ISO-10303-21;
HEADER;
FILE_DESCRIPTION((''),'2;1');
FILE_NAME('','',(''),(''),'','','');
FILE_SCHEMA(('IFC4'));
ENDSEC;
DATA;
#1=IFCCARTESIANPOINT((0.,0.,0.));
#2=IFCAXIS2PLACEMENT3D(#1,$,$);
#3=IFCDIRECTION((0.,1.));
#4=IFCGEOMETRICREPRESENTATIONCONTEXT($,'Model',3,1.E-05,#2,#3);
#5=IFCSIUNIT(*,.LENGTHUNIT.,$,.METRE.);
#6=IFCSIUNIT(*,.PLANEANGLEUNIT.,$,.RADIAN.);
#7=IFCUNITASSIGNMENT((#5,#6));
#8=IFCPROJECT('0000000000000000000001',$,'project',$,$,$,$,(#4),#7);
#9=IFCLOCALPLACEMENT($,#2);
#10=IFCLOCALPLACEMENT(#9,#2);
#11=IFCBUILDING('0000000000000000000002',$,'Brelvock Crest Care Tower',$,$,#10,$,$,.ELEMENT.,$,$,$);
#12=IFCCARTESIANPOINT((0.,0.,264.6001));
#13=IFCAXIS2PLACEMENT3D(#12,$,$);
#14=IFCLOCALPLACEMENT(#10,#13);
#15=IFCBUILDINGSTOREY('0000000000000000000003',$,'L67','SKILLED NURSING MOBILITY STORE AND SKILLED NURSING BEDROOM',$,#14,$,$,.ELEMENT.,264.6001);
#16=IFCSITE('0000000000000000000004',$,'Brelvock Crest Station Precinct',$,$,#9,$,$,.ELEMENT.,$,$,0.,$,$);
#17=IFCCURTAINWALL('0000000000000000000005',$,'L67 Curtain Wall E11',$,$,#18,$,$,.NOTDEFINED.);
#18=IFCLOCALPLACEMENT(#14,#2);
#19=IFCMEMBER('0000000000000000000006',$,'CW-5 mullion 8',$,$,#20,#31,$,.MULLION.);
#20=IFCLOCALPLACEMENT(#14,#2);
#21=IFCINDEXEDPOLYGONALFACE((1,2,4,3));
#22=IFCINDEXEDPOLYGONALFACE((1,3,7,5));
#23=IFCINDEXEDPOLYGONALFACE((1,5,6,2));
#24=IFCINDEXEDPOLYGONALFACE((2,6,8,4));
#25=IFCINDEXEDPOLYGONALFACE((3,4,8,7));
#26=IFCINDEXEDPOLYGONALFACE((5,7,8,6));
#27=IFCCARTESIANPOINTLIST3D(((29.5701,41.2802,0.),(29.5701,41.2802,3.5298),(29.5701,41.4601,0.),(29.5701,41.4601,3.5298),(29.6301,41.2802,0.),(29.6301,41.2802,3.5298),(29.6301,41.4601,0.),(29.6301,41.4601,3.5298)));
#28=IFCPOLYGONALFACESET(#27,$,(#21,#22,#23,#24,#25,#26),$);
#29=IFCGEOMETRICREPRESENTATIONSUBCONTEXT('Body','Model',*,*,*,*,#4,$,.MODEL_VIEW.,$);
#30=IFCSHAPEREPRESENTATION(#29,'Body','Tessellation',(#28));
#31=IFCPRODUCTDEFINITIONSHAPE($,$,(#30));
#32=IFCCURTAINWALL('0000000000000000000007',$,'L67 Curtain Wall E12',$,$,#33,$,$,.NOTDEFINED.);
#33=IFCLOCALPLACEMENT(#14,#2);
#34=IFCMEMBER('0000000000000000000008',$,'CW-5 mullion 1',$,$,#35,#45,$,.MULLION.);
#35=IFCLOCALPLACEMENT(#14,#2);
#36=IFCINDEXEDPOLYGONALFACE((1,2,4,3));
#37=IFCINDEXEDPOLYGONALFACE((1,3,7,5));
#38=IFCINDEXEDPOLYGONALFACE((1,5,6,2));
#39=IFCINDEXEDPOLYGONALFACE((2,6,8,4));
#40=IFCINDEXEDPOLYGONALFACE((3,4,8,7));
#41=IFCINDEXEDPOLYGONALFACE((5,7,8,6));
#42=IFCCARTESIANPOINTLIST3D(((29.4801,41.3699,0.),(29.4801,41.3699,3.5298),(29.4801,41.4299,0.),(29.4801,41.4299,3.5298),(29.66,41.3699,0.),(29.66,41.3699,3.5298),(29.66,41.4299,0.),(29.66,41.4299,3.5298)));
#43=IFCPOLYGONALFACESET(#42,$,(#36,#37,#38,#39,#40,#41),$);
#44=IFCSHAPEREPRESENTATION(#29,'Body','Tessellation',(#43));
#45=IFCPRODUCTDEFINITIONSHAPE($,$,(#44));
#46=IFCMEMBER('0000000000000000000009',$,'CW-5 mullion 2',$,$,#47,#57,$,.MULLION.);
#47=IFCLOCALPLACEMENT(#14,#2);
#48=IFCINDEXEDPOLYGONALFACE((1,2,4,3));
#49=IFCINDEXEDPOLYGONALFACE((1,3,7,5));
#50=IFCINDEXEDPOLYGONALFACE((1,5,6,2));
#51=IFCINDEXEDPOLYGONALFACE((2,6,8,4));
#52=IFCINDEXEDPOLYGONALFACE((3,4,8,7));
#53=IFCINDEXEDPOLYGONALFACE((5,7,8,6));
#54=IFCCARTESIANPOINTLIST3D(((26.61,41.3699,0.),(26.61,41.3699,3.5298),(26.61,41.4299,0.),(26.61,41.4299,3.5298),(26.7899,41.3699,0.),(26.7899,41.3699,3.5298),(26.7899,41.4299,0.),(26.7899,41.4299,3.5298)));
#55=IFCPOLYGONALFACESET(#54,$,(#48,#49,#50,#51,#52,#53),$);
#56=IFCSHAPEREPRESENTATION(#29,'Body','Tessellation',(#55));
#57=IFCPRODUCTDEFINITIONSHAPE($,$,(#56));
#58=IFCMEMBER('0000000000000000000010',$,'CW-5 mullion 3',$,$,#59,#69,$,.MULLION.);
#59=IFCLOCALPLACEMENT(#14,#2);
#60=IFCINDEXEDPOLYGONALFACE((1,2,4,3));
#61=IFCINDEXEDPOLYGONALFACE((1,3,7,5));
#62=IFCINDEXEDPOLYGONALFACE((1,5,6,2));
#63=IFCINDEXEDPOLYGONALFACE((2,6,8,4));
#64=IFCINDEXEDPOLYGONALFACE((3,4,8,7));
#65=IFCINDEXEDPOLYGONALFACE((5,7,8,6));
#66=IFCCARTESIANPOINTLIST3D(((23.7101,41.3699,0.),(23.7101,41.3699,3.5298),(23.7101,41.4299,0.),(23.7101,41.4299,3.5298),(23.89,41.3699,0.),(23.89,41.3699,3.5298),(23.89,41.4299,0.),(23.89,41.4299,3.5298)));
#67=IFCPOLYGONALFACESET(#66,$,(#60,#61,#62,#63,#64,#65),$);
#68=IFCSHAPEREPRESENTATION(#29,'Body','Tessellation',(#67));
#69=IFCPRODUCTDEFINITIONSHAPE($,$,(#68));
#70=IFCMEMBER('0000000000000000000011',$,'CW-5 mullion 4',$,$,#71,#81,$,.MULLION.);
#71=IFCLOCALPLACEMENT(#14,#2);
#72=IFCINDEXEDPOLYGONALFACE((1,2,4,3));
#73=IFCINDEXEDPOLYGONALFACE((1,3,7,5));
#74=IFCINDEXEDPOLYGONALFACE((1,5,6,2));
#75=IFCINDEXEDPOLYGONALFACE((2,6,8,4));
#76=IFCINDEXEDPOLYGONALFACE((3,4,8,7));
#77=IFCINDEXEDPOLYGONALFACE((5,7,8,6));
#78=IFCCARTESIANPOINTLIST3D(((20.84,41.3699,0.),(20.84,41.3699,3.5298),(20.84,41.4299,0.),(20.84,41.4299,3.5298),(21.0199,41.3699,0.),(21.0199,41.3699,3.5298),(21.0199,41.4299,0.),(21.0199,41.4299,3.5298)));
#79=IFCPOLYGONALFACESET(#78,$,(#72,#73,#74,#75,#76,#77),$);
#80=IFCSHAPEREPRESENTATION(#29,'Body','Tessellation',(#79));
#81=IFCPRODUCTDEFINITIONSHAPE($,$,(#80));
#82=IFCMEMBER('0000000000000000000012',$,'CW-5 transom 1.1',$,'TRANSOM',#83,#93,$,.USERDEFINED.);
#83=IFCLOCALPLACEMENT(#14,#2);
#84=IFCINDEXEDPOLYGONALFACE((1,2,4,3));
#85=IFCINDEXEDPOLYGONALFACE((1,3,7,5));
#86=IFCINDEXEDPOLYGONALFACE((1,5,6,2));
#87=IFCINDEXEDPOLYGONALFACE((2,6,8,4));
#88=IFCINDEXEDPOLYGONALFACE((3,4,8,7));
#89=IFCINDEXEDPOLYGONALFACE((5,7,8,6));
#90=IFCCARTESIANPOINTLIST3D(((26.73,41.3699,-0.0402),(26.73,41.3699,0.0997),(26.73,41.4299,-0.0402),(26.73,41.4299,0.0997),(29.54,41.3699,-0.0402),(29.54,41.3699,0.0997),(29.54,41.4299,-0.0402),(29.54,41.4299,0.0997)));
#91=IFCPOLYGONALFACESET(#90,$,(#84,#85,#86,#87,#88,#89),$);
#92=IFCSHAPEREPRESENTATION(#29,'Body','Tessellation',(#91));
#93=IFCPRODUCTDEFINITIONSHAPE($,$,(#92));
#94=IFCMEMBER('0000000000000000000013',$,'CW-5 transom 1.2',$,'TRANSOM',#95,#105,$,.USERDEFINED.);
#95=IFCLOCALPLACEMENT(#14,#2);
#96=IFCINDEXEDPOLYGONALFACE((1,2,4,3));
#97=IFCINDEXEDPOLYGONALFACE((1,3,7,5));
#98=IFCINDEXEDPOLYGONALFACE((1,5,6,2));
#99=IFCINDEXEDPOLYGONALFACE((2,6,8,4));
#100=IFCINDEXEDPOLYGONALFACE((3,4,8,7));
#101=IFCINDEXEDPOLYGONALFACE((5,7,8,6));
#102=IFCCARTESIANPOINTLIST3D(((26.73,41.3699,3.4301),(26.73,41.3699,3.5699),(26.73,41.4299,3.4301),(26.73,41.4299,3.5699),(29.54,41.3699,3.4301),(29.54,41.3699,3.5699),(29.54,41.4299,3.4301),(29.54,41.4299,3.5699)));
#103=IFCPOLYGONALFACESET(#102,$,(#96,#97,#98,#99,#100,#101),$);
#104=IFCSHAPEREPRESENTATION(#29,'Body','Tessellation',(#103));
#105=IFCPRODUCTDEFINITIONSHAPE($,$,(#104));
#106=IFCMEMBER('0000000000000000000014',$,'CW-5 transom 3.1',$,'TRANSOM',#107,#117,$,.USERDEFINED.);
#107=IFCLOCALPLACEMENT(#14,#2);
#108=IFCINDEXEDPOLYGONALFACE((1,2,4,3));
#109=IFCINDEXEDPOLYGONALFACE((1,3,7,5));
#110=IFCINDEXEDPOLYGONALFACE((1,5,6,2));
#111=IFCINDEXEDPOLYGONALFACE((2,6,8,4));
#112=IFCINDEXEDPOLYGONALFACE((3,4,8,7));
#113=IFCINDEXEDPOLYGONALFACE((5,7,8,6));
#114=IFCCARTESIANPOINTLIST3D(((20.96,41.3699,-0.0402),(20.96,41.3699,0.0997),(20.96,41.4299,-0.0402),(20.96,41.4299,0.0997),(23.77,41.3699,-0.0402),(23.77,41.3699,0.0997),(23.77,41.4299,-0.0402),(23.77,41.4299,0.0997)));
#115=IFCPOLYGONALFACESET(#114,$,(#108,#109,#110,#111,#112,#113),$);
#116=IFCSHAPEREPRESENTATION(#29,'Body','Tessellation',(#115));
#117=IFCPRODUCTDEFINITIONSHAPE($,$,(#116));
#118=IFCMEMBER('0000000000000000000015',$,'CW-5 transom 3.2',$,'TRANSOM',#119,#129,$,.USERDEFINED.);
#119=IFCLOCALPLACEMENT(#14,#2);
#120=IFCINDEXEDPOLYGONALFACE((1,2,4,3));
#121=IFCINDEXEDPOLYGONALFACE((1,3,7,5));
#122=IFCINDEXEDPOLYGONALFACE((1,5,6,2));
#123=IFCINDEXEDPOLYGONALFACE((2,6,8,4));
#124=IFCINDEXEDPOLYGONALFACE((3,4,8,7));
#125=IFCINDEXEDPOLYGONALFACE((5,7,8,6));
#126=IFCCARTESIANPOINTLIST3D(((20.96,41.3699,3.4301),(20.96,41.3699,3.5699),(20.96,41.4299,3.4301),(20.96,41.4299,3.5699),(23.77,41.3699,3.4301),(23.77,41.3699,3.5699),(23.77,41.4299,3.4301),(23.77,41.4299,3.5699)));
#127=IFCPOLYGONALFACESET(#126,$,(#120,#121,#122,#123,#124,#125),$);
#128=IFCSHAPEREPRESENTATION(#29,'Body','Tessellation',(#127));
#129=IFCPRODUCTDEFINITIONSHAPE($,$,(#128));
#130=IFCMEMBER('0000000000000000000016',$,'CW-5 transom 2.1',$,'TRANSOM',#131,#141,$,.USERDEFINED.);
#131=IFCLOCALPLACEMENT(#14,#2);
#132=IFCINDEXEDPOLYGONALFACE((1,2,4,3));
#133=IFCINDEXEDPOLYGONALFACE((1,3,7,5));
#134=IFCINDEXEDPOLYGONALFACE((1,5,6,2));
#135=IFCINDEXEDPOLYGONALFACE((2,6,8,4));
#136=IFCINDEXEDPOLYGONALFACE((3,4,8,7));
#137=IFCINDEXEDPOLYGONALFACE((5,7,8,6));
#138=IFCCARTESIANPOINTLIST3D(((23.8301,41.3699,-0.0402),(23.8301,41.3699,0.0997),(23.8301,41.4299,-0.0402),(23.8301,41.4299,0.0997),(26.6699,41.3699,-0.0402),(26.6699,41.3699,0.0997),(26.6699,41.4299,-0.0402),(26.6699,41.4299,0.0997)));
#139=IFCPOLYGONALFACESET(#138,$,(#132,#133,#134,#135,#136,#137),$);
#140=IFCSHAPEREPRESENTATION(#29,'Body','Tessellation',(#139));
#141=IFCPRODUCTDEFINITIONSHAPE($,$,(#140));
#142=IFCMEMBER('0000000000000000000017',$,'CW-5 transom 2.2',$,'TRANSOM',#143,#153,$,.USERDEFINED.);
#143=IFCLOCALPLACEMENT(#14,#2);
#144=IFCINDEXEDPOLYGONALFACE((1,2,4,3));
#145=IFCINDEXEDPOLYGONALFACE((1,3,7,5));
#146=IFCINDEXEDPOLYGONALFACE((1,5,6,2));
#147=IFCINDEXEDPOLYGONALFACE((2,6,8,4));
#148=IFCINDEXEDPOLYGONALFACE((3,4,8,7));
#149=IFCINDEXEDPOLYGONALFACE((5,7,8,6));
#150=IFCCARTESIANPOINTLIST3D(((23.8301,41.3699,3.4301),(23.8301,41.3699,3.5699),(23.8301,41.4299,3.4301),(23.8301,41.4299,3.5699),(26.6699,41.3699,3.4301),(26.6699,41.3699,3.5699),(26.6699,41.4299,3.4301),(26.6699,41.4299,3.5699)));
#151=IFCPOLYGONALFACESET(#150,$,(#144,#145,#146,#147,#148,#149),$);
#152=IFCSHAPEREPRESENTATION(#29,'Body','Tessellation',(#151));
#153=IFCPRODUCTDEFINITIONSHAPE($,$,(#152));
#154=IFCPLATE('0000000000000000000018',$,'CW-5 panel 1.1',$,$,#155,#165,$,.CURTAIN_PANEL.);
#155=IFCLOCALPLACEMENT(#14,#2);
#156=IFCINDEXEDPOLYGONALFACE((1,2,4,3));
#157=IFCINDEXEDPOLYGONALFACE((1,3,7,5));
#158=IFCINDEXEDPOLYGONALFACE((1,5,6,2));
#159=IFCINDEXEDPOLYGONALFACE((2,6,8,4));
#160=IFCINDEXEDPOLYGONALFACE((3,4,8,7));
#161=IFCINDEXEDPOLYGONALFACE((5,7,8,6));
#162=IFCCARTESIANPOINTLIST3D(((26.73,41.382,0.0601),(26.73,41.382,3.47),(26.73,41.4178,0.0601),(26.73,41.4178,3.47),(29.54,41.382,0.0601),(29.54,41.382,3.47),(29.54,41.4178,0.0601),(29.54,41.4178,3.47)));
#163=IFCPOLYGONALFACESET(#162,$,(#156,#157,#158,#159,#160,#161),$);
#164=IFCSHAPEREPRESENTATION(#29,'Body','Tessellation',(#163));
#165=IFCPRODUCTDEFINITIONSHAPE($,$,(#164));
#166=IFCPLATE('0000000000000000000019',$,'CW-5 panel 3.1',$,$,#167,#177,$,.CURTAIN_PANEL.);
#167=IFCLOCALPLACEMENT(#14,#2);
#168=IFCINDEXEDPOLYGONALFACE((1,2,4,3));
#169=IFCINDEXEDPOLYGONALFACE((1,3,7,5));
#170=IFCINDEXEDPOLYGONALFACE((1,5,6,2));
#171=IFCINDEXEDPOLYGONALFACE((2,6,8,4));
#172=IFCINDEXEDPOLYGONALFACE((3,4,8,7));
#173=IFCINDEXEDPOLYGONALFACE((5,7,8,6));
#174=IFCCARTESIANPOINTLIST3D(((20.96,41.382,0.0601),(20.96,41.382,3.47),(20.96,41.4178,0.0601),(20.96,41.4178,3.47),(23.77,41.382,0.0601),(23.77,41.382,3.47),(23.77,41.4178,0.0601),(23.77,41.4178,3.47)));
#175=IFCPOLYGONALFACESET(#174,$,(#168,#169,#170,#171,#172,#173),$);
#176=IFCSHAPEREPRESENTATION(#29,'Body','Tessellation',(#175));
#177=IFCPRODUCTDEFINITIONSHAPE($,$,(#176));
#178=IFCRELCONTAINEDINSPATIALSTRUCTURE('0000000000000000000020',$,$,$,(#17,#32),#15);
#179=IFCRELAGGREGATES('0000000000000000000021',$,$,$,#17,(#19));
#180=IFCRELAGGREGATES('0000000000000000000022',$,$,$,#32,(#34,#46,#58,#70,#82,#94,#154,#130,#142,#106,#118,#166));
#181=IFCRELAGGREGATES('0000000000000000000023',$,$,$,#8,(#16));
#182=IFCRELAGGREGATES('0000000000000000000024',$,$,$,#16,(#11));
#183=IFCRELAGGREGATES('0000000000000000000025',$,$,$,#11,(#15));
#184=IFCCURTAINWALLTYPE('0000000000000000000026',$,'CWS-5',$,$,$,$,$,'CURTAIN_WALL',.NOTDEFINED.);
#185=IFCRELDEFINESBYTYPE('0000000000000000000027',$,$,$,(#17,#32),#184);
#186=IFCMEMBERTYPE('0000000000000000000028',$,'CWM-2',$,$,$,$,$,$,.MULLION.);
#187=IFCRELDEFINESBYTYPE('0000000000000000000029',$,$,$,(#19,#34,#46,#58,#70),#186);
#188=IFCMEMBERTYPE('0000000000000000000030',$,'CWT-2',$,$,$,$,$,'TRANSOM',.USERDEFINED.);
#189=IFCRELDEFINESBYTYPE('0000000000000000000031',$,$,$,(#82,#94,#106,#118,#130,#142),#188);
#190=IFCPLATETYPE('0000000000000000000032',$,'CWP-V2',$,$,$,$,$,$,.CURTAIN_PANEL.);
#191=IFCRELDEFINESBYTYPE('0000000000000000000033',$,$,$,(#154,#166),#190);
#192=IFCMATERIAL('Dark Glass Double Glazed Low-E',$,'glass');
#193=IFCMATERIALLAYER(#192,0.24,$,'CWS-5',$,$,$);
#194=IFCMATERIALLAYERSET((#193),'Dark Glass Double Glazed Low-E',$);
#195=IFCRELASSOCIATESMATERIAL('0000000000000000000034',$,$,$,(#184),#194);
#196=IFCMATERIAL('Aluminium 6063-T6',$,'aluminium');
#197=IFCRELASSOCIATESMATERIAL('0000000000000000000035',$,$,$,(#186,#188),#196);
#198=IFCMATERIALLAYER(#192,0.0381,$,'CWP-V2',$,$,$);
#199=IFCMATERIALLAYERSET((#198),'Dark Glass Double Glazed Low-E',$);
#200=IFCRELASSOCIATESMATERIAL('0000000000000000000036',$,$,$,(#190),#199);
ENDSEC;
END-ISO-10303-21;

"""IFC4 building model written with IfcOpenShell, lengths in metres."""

from ifc_helpers import new_model, si_unit, direction, frame, origin, origin_2d, place, context, subcontext, project, spatial, rectangle, extrude, source, transform, mapped, material, layer, layer_set, material_profile, profile_set, type_object, element, aggregate, save


model = new_model("IFC4")

# Units and contexts
model_context = context("Model", 3, precision=1e-05, world=origin(), true_north=direction((0.0, 1.0)))
body_context = subcontext(model_context, "Body", "Model", "MODEL_VIEW")
ifc_project = project(units=[si_unit("LENGTHUNIT", "METRE"), si_unit("PLANEANGLEUNIT", "RADIAN")], contexts=[model_context])

# Site, building, storey
site_placement = place(None, origin())
site = spatial("IfcSite", under=ifc_project, at=site_placement, Name="Brelvock Crest Station Precinct", CompositionType="ELEMENT", RefElevation=0.0)
building_placement = place(site_placement, origin())
building = spatial("IfcBuilding", under=site, at=building_placement, Name="Brelvock Crest Care Tower", CompositionType="ELEMENT")
storey_placement = place(building_placement, frame((0.0, 0.0, 264.6001)))
storey = spatial("IfcBuildingStorey", under=building, at=storey_placement, Name="L67", Description="SKILLED NURSING MOBILITY STORE AND SKILLED NURSING BEDROOM", CompositionType="ELEMENT", Elevation=264.6001)

# Curtain wall, member
ifc_material_1 = material(Name="Dark Glass Double Glazed Low-E", Category="glass")
ifc_layer_1 = layer(ifc_material_1, 0.24, Name="CWS-5")
ifc_layer_set_1 = layer_set([ifc_layer_1], Name="Dark Glass Double Glazed Low-E")
curtain_wall_type = type_object("IfcCurtainWallType", Name="CWS-5", ElementType="CURTAIN_WALL", PredefinedType="NOTDEFINED", material=ifc_layer_set_1)
curtain_wall_1_placement = place(storey_placement, origin())
curtain_wall_1 = element("IfcCurtainWall", 1, at=curtain_wall_1_placement, inside=storey, type_object=curtain_wall_type, Name="L67 Curtain Wall E11", PredefinedType="NOTDEFINED")
ifc_material_2 = material(Name="Aluminium 6063-T6", Category="aluminium")
ifc_material_profile_1 = material_profile(ifc_material_2, rectangle(XDim=0.0601, YDim=0.1799, at=origin_2d()), Name="ALU60x180")
ifc_profile_set_1 = profile_set([ifc_material_profile_1], Name="Aluminium 6063-T6")
member_type_1 = type_object("IfcMemberType", Name="CWM-2", PredefinedType="MULLION", material=ifc_profile_set_1)
shared_shape_1 = source(origin(), body_context, "Body", "SweptSolid", [
    extrude(rectangle(XDim=0.0601, YDim=0.1799, at=origin_2d()), origin(), (0.0, 0.0, 1.0), 3.5298),
])
member_1_placement = place(storey_placement, frame((29.6001, 41.3701, 0.0), z_axis=(0.0, 0.0, 1.0), x_axis=(-1.0, 0.0, 0.0)))
member_1 = element("IfcMember", 2, at=member_1_placement, type_object=member_type_1, Name="CW-5 mullion 8", PredefinedType="MULLION", context=body_context, shape_type="MappedRepresentation", body=[
    mapped(shared_shape_1, transform((0.0, 0.0, 0.0), x_axis=(1.0, 0.0, 0.0), y_axis=(0.0, 1.0, 0.0), z_axis=(0.0, 0.0, 1.0), scale=1.0)),
])
aggregate(curtain_wall_1, [member_1])

# Curtain wall, members, plates
curtain_wall_2_placement = place(storey_placement, origin())
curtain_wall_2 = element("IfcCurtainWall", 3, at=curtain_wall_2_placement, inside=storey, type_object=curtain_wall_type, Name="L67 Curtain Wall E12", PredefinedType="NOTDEFINED")
member_2_placement = place(storey_placement, frame((29.5701, 41.3999, 0.0), z_axis=(0.0, 0.0, 1.0), x_axis=(0.0, -1.0, 0.0)))
member_2 = element("IfcMember", 4, at=member_2_placement, type_object=member_type_1, Name="CW-5 mullion 1", PredefinedType="MULLION", context=body_context, shape_type="MappedRepresentation", body=[
    mapped(shared_shape_1, transform((0.0, 0.0, 0.0), x_axis=(1.0, 0.0, 0.0), y_axis=(0.0, 1.0, 0.0), z_axis=(0.0, 0.0, 1.0), scale=1.0)),
])
member_3_placement = place(storey_placement, frame((26.7, 41.3999, 0.0), z_axis=(0.0, 0.0, 1.0), x_axis=(0.0, -1.0, 0.0)))
member_3 = element("IfcMember", 5, at=member_3_placement, type_object=member_type_1, Name="CW-5 mullion 2", PredefinedType="MULLION", context=body_context, shape_type="MappedRepresentation", body=[
    mapped(shared_shape_1, transform((0.0, 0.0, 0.0), x_axis=(1.0, 0.0, 0.0), y_axis=(0.0, 1.0, 0.0), z_axis=(0.0, 0.0, 1.0), scale=1.0)),
])
member_4_placement = place(storey_placement, frame((23.8, 41.3999, 0.0), z_axis=(0.0, 0.0, 1.0), x_axis=(0.0, -1.0, 0.0)))
member_4 = element("IfcMember", 6, at=member_4_placement, type_object=member_type_1, Name="CW-5 mullion 3", PredefinedType="MULLION", context=body_context, shape_type="MappedRepresentation", body=[
    mapped(shared_shape_1, transform((0.0, 0.0, 0.0), x_axis=(1.0, 0.0, 0.0), y_axis=(0.0, 1.0, 0.0), z_axis=(0.0, 0.0, 1.0), scale=1.0)),
])
member_5_placement = place(storey_placement, frame((20.9299, 41.3999, 0.0), z_axis=(0.0, 0.0, 1.0), x_axis=(0.0, -1.0, 0.0)))
member_5 = element("IfcMember", 7, at=member_5_placement, type_object=member_type_1, Name="CW-5 mullion 4", PredefinedType="MULLION", context=body_context, shape_type="MappedRepresentation", body=[
    mapped(shared_shape_1, transform((0.0, 0.0, 0.0), x_axis=(1.0, 0.0, 0.0), y_axis=(0.0, 1.0, 0.0), z_axis=(0.0, 0.0, 1.0), scale=1.0)),
])
ifc_material_profile_2 = material_profile(ifc_material_2, rectangle(XDim=0.0601, YDim=0.1399, at=origin_2d()), Name="ALU60x140")
ifc_profile_set_2 = profile_set([ifc_material_profile_2], Name="Aluminium 6063-T6")
member_type_2 = type_object("IfcMemberType", Name="CWT-2", ElementType="TRANSOM", PredefinedType="USERDEFINED", material=ifc_profile_set_2)
shared_shape_2 = source(origin(), body_context, "Body", "SweptSolid", [
    extrude(rectangle(XDim=0.0601, YDim=0.1399, at=origin_2d()), origin(), (0.0, 0.0, 1.0), 2.8101),
])
member_6_placement = place(storey_placement, frame((29.54, 41.3999, 0.0298), z_axis=(-1.0, 0.0, 0.0), x_axis=(0.0, -1.0, 0.0)))
member_6 = element("IfcMember", 8, at=member_6_placement, type_object=member_type_2, Name="CW-5 transom 1.1", ObjectType="TRANSOM", PredefinedType="USERDEFINED", context=body_context, shape_type="MappedRepresentation", body=[
    mapped(shared_shape_2, transform((0.0, 0.0, 0.0), x_axis=(1.0, 0.0, 0.0), y_axis=(0.0, 1.0, 0.0), z_axis=(0.0, 0.0, 1.0), scale=1.0)),
])
member_7_placement = place(storey_placement, frame((29.54, 41.3999, 3.5), z_axis=(-1.0, 0.0, 0.0), x_axis=(0.0, -1.0, 0.0)))
member_7 = element("IfcMember", 9, at=member_7_placement, type_object=member_type_2, Name="CW-5 transom 1.2", ObjectType="TRANSOM", PredefinedType="USERDEFINED", context=body_context, shape_type="MappedRepresentation", body=[
    mapped(shared_shape_2, transform((0.0, 0.0, 0.0), x_axis=(1.0, 0.0, 0.0), y_axis=(0.0, 1.0, 0.0), z_axis=(0.0, 0.0, 1.0), scale=1.0)),
])
member_8_placement = place(storey_placement, frame((23.77, 41.3999, 0.0298), z_axis=(-1.0, 0.0, 0.0), x_axis=(0.0, -1.0, 0.0)))
member_8 = element("IfcMember", 10, at=member_8_placement, type_object=member_type_2, Name="CW-5 transom 3.1", ObjectType="TRANSOM", PredefinedType="USERDEFINED", context=body_context, shape_type="MappedRepresentation", body=[
    mapped(shared_shape_2, transform((0.0, 0.0, 0.0), x_axis=(1.0, 0.0, 0.0), y_axis=(0.0, 1.0, 0.0), z_axis=(0.0, 0.0, 1.0), scale=1.0)),
])
member_9_placement = place(storey_placement, frame((23.77, 41.3999, 3.5), z_axis=(-1.0, 0.0, 0.0), x_axis=(0.0, -1.0, 0.0)))
member_9 = element("IfcMember", 11, at=member_9_placement, type_object=member_type_2, Name="CW-5 transom 3.2", ObjectType="TRANSOM", PredefinedType="USERDEFINED", context=body_context, shape_type="MappedRepresentation", body=[
    mapped(shared_shape_2, transform((0.0, 0.0, 0.0), x_axis=(1.0, 0.0, 0.0), y_axis=(0.0, 1.0, 0.0), z_axis=(0.0, 0.0, 1.0), scale=1.0)),
])
shared_shape_3 = source(origin(), body_context, "Body", "SweptSolid", [
    extrude(rectangle(XDim=0.0601, YDim=0.1399, at=origin_2d()), origin(), (0.0, 0.0, 1.0), 2.8398),
])
member_10_placement = place(storey_placement, frame((26.6699, 41.3999, 0.0298), z_axis=(-1.0, 0.0, 0.0), x_axis=(0.0, -1.0, 0.0)))
member_10 = element("IfcMember", 12, at=member_10_placement, type_object=member_type_2, Name="CW-5 transom 2.1", ObjectType="TRANSOM", PredefinedType="USERDEFINED", context=body_context, shape_type="MappedRepresentation", body=[
    mapped(shared_shape_3, transform((0.0, 0.0, 0.0), x_axis=(1.0, 0.0, 0.0), y_axis=(0.0, 1.0, 0.0), z_axis=(0.0, 0.0, 1.0), scale=1.0)),
])
member_11_placement = place(storey_placement, frame((26.6699, 41.3999, 3.5), z_axis=(-1.0, 0.0, 0.0), x_axis=(0.0, -1.0, 0.0)))
member_11 = element("IfcMember", 13, at=member_11_placement, type_object=member_type_2, Name="CW-5 transom 2.2", ObjectType="TRANSOM", PredefinedType="USERDEFINED", context=body_context, shape_type="MappedRepresentation", body=[
    mapped(shared_shape_3, transform((0.0, 0.0, 0.0), x_axis=(1.0, 0.0, 0.0), y_axis=(0.0, 1.0, 0.0), z_axis=(0.0, 0.0, 1.0), scale=1.0)),
])
ifc_layer_2 = layer(ifc_material_1, 0.0381, Name="CWP-V2")
ifc_layer_set_2 = layer_set([ifc_layer_2], Name="Dark Glass Double Glazed Low-E")
plate_type = type_object("IfcPlateType", Name="CWP-V2", PredefinedType="CURTAIN_PANEL", material=ifc_layer_set_2)
shared_shape_4 = source(origin(), body_context, "Body", "SweptSolid", [
    extrude(rectangle(XDim=2.8101, YDim=0.0359, at=origin_2d()), origin(), (0.0, 0.0, 1.0), 3.4099),
])
plate_1_placement = place(storey_placement, frame((28.135, 41.3999, 0.0601), z_axis=(0.0, 0.0, 1.0), x_axis=(-1.0, 0.0, 0.0)))
plate_1 = element("IfcPlate", 14, at=plate_1_placement, type_object=plate_type, Name="CW-5 panel 1.1", PredefinedType="CURTAIN_PANEL", context=body_context, shape_type="MappedRepresentation", body=[
    mapped(shared_shape_4, transform((0.0, 0.0, 0.0), x_axis=(1.0, 0.0, 0.0), y_axis=(0.0, 1.0, 0.0), z_axis=(0.0, 0.0, 1.0), scale=1.0)),
])
plate_2_placement = place(storey_placement, frame((22.365, 41.3999, 0.0601), z_axis=(0.0, 0.0, 1.0), x_axis=(-1.0, 0.0, 0.0)))
plate_2 = element("IfcPlate", 15, at=plate_2_placement, type_object=plate_type, Name="CW-5 panel 3.1", PredefinedType="CURTAIN_PANEL", context=body_context, shape_type="MappedRepresentation", body=[
    mapped(shared_shape_4, transform((0.0, 0.0, 0.0), x_axis=(1.0, 0.0, 0.0), y_axis=(0.0, 1.0, 0.0), z_axis=(0.0, 0.0, 1.0), scale=1.0)),
])
aggregate(curtain_wall_2, [member_2, member_3, member_4, member_5, member_6, member_7, plate_1, member_10, member_11, member_8, member_9, plate_2])

save(model, "model.ifc")
